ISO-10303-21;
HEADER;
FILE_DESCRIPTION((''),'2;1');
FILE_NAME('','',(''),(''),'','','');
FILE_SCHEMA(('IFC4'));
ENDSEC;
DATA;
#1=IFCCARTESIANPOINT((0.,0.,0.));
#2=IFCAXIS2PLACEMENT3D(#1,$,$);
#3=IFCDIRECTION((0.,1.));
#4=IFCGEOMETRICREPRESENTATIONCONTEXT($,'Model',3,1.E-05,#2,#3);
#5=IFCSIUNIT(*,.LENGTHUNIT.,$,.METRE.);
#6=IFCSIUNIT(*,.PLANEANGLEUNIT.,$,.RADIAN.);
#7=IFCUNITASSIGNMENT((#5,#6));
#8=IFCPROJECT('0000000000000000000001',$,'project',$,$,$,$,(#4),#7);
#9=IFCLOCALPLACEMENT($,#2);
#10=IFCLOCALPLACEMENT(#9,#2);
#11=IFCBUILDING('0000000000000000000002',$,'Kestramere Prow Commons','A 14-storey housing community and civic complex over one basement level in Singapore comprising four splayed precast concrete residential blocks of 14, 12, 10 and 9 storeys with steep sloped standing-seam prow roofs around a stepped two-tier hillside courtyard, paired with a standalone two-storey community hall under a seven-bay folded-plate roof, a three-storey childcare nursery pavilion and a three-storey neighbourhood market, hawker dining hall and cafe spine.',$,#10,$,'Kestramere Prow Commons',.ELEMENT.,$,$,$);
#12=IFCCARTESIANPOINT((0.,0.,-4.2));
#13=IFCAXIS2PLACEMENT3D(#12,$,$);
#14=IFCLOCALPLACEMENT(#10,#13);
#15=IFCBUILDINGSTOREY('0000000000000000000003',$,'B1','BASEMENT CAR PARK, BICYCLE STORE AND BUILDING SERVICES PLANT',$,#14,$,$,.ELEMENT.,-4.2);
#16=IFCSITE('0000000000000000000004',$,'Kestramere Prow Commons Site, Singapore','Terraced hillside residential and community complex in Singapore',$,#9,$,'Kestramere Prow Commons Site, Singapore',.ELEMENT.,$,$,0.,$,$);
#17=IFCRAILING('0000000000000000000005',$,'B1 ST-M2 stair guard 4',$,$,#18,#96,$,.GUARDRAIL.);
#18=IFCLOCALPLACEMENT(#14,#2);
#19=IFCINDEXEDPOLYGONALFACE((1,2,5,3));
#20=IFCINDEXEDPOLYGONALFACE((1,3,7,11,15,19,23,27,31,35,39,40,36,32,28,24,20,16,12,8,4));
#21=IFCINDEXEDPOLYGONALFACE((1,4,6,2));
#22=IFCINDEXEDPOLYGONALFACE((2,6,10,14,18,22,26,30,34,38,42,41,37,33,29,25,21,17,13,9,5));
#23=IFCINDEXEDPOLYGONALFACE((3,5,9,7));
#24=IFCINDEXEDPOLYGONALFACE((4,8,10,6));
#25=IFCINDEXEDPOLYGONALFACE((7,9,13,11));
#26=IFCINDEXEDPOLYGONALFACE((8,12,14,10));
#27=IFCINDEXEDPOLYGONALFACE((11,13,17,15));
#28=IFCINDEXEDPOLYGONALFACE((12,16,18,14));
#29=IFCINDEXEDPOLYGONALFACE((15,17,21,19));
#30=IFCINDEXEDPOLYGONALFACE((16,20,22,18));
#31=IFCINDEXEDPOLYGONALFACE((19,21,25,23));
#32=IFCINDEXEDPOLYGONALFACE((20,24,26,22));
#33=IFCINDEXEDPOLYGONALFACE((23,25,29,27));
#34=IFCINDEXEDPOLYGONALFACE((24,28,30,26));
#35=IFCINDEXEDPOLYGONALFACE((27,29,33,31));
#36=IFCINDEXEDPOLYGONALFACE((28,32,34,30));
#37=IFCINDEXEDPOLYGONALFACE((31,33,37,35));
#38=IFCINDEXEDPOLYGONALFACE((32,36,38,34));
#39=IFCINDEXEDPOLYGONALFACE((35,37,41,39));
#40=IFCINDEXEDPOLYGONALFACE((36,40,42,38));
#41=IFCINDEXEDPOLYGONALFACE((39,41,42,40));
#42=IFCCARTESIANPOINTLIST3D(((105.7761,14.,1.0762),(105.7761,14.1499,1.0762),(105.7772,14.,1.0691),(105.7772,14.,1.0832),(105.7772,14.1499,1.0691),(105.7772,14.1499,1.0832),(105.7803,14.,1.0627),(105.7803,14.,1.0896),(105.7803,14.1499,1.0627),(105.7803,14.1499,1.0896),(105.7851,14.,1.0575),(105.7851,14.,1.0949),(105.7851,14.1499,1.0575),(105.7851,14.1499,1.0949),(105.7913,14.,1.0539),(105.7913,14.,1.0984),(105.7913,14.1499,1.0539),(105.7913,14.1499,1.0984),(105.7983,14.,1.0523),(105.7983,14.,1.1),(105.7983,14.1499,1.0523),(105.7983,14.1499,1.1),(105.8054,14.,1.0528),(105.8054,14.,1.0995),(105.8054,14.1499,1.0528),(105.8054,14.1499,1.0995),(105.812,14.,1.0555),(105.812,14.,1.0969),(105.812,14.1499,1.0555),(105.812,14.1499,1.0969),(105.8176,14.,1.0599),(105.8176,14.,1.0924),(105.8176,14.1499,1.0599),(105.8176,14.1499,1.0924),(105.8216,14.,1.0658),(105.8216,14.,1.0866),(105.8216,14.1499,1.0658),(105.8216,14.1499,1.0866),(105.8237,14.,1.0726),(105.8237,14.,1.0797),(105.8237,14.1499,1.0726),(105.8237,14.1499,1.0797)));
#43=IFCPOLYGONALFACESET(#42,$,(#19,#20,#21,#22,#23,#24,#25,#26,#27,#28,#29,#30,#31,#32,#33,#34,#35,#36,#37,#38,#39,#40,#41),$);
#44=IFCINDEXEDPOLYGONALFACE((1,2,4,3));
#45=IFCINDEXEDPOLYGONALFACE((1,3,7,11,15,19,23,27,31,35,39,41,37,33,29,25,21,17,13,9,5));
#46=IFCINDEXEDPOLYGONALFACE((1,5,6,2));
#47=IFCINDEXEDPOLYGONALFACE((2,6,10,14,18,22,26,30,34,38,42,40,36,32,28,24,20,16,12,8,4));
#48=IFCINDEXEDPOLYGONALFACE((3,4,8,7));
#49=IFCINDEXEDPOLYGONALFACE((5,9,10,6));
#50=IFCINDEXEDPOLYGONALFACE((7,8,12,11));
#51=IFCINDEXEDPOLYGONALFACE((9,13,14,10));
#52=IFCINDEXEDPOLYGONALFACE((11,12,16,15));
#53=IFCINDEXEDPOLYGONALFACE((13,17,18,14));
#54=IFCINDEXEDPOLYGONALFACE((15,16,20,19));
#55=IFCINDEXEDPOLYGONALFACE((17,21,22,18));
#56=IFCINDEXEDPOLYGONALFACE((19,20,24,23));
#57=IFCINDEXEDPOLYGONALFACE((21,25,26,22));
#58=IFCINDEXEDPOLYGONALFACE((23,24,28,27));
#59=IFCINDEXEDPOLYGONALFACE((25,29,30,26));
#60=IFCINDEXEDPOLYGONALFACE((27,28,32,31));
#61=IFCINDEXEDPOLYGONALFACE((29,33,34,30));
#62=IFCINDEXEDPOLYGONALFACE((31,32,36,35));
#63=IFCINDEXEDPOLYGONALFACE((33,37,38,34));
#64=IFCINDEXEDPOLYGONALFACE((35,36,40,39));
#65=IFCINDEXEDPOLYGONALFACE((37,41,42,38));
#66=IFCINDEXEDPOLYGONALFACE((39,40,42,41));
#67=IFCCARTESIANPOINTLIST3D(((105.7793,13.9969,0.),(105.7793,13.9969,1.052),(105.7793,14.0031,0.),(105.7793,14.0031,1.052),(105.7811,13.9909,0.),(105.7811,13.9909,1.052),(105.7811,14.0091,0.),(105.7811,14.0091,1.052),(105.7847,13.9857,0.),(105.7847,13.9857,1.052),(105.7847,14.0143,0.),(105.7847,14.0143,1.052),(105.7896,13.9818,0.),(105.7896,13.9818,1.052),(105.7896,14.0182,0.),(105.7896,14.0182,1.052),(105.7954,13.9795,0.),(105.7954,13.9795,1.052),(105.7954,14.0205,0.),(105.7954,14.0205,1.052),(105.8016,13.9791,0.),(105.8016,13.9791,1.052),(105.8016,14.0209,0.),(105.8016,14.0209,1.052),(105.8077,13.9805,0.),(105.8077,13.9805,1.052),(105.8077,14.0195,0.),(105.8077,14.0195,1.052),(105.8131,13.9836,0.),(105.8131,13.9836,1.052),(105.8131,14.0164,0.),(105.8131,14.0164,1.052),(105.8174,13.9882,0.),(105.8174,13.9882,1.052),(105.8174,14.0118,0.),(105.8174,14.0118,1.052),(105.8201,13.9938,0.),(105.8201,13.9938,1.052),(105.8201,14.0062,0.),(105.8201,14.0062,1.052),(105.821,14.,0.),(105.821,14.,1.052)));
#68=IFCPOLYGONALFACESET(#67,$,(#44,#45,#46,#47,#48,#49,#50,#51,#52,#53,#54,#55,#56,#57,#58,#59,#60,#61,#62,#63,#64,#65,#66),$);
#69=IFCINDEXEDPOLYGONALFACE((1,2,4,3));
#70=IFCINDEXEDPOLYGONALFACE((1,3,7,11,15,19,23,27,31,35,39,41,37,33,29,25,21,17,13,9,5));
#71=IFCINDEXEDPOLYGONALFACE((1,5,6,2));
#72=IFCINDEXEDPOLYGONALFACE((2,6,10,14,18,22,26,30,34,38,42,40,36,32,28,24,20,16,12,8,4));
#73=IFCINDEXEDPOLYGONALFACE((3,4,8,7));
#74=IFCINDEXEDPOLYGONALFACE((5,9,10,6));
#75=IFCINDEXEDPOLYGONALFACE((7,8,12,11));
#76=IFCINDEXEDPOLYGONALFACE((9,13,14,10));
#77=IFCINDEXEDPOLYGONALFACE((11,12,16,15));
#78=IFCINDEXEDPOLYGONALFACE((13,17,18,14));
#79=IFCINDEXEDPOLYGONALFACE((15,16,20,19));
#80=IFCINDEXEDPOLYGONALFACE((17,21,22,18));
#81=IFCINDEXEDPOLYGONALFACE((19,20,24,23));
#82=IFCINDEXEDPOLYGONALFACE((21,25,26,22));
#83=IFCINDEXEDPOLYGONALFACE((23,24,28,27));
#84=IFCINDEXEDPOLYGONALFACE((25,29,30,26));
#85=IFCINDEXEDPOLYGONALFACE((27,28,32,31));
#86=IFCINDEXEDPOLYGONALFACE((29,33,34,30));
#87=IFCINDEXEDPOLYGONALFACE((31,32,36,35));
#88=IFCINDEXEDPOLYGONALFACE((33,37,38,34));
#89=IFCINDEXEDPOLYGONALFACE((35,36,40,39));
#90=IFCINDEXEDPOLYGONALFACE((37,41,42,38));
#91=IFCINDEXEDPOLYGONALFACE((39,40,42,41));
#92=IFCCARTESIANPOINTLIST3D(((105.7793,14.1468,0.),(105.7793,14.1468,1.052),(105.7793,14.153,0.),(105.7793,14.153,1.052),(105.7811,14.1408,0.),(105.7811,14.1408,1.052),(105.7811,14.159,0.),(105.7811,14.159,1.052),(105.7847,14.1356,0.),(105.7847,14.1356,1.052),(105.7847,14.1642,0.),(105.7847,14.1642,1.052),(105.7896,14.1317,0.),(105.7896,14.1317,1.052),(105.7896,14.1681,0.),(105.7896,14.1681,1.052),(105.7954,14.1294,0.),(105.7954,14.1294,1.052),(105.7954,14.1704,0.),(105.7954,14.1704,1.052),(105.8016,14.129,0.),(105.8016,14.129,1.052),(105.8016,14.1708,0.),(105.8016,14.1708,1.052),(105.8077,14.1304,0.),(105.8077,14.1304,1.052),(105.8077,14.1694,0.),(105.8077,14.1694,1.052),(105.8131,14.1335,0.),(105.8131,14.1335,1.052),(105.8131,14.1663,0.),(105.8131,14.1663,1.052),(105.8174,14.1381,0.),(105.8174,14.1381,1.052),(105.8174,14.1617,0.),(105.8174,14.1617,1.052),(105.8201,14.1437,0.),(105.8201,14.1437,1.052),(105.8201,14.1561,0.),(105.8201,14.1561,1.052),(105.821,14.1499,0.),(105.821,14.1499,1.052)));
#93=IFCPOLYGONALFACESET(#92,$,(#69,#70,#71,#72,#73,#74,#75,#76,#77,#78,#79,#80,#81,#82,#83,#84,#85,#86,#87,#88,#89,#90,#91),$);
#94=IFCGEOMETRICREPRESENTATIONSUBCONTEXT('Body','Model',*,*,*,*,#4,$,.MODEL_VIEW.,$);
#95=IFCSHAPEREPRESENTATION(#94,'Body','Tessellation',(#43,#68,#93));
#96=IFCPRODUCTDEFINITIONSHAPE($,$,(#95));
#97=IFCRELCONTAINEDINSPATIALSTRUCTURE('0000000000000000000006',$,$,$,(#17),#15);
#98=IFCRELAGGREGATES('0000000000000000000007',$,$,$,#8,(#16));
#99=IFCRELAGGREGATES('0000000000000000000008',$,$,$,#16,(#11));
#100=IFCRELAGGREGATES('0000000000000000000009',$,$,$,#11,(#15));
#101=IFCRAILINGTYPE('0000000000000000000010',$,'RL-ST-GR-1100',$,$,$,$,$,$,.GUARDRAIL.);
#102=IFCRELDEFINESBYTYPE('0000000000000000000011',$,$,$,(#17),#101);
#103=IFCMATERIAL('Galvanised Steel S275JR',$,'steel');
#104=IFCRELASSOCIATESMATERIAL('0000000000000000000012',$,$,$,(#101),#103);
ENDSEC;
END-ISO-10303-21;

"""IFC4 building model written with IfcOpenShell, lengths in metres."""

from ifc_helpers import new_model, si_unit, direction, frame, origin, origin_2d, place, context, subcontext, project, spatial, circle, extrude, material, type_object, element, save


model = new_model("IFC4")

# Units and contexts
model_context = context("Model", 3, precision=1e-05, world=origin(), true_north=direction((0.0, 1.0)))
body_context = subcontext(model_context, "Body", "Model", "MODEL_VIEW")
ifc_project = project(units=[si_unit("LENGTHUNIT", "METRE"), si_unit("PLANEANGLEUNIT", "RADIAN")], contexts=[model_context])

# Site, building, storey
site_placement = place(None, origin())
site = spatial("IfcSite", under=ifc_project, at=site_placement, Name="Kestramere Prow Commons Site, Singapore", Description="Terraced hillside residential and community complex in Singapore", LongName="Kestramere Prow Commons Site, Singapore", CompositionType="ELEMENT", RefElevation=0.0)
building_placement = place(site_placement, origin())
building = spatial("IfcBuilding", under=site, at=building_placement, Name="Kestramere Prow Commons", Description="A 14-storey housing community and civic complex over one basement level in Singapore comprising four splayed precast concrete residential blocks of 14, 12, 10 and 9 storeys with steep sloped standing-seam prow roofs around a stepped two-tier hillside courtyard, paired with a standalone two-storey community hall under a seven-bay folded-plate roof, a three-storey childcare nursery pavilion and a three-storey neighbourhood market, hawker dining hall and cafe spine.", LongName="Kestramere Prow Commons", CompositionType="ELEMENT")
storey_placement = place(building_placement, frame((0.0, 0.0, -4.2)))
storey = spatial("IfcBuildingStorey", under=building, at=storey_placement, Name="B1", Description="BASEMENT CAR PARK, BICYCLE STORE AND BUILDING SERVICES PLANT", CompositionType="ELEMENT", Elevation=-4.2)

# Railing
ifc_material_1 = material(Name="Galvanised Steel S275JR", Category="steel")
railing_type_1 = type_object("IfcRailingType", Name="RL-ST-GR-1100", PredefinedType="GUARDRAIL", material=ifc_material_1)
railing_1_placement = place(storey_placement, frame((105.8, 14.0, 0.0)))
element("IfcRailing", 1, at=railing_1_placement, inside=storey, type_object=railing_type_1, Name="B1 ST-M2 stair guard 4", PredefinedType="GUARDRAIL", context=body_context, shape_type="SweptSolid", body=[
    extrude(circle(Radius=0.0239, at=origin_2d()), frame((0.0, 0.0, 1.0762), z_axis=(0.0, 1.0, 0.0), x_axis=(-1.0, 0.0, 0.0)), (0.0, 0.0, 1.0), 0.1499),
    extrude(circle(Radius=0.021, at=origin_2d()), origin(), (0.0, 0.0, 1.0), 1.052),
    extrude(circle(Radius=0.021, at=origin_2d()), frame((0.0, 0.1499, 0.0)), (0.0, 0.0, 1.0), 1.052),
])

save(model, "model.ifc")
